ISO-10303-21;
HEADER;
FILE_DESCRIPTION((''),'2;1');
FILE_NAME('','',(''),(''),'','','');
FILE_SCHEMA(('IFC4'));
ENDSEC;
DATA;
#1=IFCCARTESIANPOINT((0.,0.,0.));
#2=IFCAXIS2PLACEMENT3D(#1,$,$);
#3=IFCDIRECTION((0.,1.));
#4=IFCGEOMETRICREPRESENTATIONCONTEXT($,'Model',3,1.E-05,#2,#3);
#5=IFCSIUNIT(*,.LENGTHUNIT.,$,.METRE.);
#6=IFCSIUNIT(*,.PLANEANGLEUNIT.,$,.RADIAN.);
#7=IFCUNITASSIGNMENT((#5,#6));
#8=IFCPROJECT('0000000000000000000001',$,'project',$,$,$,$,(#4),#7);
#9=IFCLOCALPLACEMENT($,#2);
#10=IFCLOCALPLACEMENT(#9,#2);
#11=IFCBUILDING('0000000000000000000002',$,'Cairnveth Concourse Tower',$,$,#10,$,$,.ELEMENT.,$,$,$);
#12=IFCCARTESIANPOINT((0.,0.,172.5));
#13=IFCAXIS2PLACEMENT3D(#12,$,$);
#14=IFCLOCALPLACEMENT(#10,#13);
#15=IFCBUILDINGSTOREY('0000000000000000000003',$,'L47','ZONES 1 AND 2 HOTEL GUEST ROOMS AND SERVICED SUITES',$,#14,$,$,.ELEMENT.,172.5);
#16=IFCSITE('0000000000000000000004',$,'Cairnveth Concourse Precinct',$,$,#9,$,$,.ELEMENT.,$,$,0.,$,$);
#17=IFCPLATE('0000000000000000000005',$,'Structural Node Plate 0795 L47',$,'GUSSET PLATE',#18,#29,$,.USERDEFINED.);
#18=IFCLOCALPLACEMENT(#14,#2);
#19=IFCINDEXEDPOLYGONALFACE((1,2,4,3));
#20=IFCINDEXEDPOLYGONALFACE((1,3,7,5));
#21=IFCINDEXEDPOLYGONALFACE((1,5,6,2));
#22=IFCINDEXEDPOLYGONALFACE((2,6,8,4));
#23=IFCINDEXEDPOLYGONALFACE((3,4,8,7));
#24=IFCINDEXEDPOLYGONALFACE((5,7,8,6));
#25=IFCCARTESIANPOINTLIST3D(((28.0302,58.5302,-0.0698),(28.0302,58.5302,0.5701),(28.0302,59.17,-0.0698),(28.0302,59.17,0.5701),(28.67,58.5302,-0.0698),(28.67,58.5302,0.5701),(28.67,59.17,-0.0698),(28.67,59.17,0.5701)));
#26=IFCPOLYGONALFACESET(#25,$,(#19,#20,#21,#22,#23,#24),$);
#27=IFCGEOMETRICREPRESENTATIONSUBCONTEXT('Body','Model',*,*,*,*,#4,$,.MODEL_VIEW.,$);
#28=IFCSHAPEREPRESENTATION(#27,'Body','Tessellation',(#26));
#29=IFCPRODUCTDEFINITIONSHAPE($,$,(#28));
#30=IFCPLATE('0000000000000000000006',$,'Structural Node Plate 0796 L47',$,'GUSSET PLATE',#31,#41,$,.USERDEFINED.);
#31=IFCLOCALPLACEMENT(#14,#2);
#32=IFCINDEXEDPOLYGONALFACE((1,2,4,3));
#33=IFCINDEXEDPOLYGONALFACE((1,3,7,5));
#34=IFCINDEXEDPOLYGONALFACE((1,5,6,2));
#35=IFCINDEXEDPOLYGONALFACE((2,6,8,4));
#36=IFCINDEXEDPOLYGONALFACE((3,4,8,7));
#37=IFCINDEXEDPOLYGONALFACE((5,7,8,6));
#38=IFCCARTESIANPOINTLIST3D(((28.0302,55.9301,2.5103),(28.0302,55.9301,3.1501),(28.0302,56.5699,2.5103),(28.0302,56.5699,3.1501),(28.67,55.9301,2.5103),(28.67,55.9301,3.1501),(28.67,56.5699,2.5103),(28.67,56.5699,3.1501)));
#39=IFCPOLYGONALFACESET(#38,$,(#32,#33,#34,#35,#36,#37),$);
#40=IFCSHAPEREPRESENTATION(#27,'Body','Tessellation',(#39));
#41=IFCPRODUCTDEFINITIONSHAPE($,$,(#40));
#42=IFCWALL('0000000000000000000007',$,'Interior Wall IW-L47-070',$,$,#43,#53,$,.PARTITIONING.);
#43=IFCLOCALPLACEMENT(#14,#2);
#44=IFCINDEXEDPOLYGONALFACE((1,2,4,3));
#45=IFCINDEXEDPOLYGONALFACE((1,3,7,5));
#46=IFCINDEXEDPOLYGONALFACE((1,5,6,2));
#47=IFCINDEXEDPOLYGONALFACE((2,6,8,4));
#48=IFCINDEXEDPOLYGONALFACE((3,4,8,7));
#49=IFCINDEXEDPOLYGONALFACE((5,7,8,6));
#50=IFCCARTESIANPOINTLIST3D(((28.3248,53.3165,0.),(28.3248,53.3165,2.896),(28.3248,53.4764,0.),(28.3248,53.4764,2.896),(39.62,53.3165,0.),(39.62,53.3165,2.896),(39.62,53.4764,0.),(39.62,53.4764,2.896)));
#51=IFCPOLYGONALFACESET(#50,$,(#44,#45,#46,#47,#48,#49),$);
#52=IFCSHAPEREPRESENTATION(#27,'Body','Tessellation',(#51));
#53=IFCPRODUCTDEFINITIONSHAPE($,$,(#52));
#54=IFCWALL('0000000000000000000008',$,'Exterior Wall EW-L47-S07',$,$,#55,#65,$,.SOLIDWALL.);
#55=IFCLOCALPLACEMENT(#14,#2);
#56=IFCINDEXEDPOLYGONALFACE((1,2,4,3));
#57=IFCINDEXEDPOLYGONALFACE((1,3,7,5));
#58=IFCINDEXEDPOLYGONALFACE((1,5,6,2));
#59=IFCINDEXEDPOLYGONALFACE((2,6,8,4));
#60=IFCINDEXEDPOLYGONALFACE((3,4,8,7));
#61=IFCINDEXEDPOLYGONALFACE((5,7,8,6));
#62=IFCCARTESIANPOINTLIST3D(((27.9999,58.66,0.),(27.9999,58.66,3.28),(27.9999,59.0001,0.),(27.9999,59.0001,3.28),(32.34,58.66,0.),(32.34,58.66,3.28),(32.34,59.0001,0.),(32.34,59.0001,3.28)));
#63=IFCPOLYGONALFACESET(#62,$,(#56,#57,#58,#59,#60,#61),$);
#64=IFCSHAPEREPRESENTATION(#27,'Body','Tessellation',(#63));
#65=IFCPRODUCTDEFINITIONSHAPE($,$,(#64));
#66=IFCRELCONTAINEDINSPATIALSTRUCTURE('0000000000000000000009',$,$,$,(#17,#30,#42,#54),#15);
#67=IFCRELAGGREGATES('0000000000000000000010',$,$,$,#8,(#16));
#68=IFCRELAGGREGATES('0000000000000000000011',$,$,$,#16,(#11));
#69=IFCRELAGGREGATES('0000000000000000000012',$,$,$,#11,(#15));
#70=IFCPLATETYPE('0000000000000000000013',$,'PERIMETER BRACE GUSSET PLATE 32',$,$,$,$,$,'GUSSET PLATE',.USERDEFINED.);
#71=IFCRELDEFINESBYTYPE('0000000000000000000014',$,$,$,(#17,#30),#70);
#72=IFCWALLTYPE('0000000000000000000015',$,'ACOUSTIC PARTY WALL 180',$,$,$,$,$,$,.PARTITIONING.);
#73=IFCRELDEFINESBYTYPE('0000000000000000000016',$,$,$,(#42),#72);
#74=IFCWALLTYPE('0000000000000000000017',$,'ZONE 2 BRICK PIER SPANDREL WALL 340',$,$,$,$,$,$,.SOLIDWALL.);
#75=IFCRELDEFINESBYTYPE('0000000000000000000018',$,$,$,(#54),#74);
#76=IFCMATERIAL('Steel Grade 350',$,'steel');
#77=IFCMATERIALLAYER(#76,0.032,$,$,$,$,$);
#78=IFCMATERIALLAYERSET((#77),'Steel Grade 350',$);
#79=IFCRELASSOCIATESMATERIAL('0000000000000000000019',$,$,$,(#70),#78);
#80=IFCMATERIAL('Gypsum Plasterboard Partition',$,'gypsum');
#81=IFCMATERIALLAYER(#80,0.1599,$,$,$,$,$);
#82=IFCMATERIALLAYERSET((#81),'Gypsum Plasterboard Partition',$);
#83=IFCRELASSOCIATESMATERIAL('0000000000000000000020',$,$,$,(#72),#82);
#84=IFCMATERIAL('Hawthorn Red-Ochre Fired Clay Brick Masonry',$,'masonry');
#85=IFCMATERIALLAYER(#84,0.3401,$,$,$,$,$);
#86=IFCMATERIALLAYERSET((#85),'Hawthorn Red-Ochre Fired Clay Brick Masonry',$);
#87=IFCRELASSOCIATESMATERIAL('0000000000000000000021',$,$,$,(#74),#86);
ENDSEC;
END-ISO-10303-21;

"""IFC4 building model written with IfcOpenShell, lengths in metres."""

from ifc_helpers import new_model, si_unit, direction, frame, frame_2d, origin, origin_2d, place, context, subcontext, project, spatial, rectangle, extrude, material, layer, layer_set, type_object, element, save


model = new_model("IFC4")

# Units and contexts
model_context = context("Model", 3, precision=1e-05, world=origin(), true_north=direction((0.0, 1.0)))
body_context = subcontext(model_context, "Body", "Model", "MODEL_VIEW")
ifc_project = project(units=[si_unit("LENGTHUNIT", "METRE"), si_unit("PLANEANGLEUNIT", "RADIAN")], contexts=[model_context])

# Site, building, storey
site_placement = place(None, origin())
site = spatial("IfcSite", under=ifc_project, at=site_placement, Name="Cairnveth Concourse Precinct", CompositionType="ELEMENT", RefElevation=0.0)
building_placement = place(site_placement, origin())
building = spatial("IfcBuilding", under=site, at=building_placement, Name="Cairnveth Concourse Tower", CompositionType="ELEMENT")
storey_placement = place(building_placement, frame((0.0, 0.0, 172.5)))
storey = spatial("IfcBuildingStorey", under=building, at=storey_placement, Name="L47", Description="ZONES 1 AND 2 HOTEL GUEST ROOMS AND SERVICED SUITES", CompositionType="ELEMENT", Elevation=172.5)

# Shared definitions
ifc_material_1 = material(Name="Steel Grade 350", Category="steel")

# Plates
ifc_layer_1 = layer(ifc_material_1, 0.032)
ifc_layer_set_1 = layer_set([ifc_layer_1], Name="Steel Grade 350")
plate_type = type_object("IfcPlateType", Name="PERIMETER BRACE GUSSET PLATE 32", ElementType="GUSSET PLATE", PredefinedType="USERDEFINED", material=ifc_layer_set_1)
for number, where, z_axis, x_axis, name in (
    (1, (28.3501, 58.8501, -0.0698), (0.0, 0.0, 1.0), (1.0, 0.0, 0.0), "Structural Node Plate 0795 L47"),
    (2, (28.3501, 56.25, 2.5103), (0.0, 0.0, 1.0), (1.0, 0.0, 0.0), "Structural Node Plate 0796 L47"),
):
    element("IfcPlate", number, at=place(storey_placement, frame(where, z_axis=z_axis, x_axis=x_axis)), inside=storey, type_object=plate_type, Name=name, ObjectType="GUSSET PLATE", PredefinedType="USERDEFINED", context=body_context, shape_type="SweptSolid", body=[
        extrude(rectangle(XDim=0.6399, YDim=0.6399, at=origin_2d()), origin(), (0.0, 0.0, 1.0), 0.6399),
    ])

# Walls
ifc_material_2 = material(Name="Gypsum Plasterboard Partition", Category="gypsum")
ifc_layer_2 = layer(ifc_material_2, 0.1599)
ifc_layer_set_2 = layer_set([ifc_layer_2], Name="Gypsum Plasterboard Partition")
wall_type_1 = type_object("IfcWallType", Name="ACOUSTIC PARTY WALL 180", PredefinedType="PARTITIONING", material=ifc_layer_set_2)
wall_1_placement = place(storey_placement, frame((28.325, 53.3965, 0.0), z_axis=(0.0, 0.0, 1.0), x_axis=(1.0, 0.0, 0.0)))
element("IfcWall", 3, at=wall_1_placement, inside=storey, type_object=wall_type_1, Name="Interior Wall IW-L47-070", PredefinedType="PARTITIONING", context=body_context, shape_type="SweptSolid", body=[
    extrude(rectangle(XDim=11.2952, YDim=0.1599, at=frame_2d((5.6475, 0.0))), origin(), (0.0, 0.0, 1.0), 2.896),
])
ifc_material_3 = material(Name="Hawthorn Red-Ochre Fired Clay Brick Masonry", Category="masonry")
ifc_layer_3 = layer(ifc_material_3, 0.3401)
ifc_layer_set_3 = layer_set([ifc_layer_3], Name="Hawthorn Red-Ochre Fired Clay Brick Masonry")
wall_type_2 = type_object("IfcWallType", Name="ZONE 2 BRICK PIER SPANDREL WALL 340", PredefinedType="SOLIDWALL", material=ifc_layer_set_3)
wall_2_placement = place(storey_placement, frame((28.0, 58.8301, 0.0), z_axis=(0.0, 0.0, 1.0), x_axis=(1.0, 0.0, 0.0)))
element("IfcWall", 4, at=wall_2_placement, inside=storey, type_object=wall_type_2, Name="Exterior Wall EW-L47-S07", PredefinedType="SOLIDWALL", context=body_context, shape_type="SweptSolid", body=[
    extrude(rectangle(XDim=4.3401, YDim=0.3401, at=frame_2d((2.1699, 0.0))), origin(), (0.0, 0.0, 1.0), 3.28),
])

save(model, "model.ifc")
